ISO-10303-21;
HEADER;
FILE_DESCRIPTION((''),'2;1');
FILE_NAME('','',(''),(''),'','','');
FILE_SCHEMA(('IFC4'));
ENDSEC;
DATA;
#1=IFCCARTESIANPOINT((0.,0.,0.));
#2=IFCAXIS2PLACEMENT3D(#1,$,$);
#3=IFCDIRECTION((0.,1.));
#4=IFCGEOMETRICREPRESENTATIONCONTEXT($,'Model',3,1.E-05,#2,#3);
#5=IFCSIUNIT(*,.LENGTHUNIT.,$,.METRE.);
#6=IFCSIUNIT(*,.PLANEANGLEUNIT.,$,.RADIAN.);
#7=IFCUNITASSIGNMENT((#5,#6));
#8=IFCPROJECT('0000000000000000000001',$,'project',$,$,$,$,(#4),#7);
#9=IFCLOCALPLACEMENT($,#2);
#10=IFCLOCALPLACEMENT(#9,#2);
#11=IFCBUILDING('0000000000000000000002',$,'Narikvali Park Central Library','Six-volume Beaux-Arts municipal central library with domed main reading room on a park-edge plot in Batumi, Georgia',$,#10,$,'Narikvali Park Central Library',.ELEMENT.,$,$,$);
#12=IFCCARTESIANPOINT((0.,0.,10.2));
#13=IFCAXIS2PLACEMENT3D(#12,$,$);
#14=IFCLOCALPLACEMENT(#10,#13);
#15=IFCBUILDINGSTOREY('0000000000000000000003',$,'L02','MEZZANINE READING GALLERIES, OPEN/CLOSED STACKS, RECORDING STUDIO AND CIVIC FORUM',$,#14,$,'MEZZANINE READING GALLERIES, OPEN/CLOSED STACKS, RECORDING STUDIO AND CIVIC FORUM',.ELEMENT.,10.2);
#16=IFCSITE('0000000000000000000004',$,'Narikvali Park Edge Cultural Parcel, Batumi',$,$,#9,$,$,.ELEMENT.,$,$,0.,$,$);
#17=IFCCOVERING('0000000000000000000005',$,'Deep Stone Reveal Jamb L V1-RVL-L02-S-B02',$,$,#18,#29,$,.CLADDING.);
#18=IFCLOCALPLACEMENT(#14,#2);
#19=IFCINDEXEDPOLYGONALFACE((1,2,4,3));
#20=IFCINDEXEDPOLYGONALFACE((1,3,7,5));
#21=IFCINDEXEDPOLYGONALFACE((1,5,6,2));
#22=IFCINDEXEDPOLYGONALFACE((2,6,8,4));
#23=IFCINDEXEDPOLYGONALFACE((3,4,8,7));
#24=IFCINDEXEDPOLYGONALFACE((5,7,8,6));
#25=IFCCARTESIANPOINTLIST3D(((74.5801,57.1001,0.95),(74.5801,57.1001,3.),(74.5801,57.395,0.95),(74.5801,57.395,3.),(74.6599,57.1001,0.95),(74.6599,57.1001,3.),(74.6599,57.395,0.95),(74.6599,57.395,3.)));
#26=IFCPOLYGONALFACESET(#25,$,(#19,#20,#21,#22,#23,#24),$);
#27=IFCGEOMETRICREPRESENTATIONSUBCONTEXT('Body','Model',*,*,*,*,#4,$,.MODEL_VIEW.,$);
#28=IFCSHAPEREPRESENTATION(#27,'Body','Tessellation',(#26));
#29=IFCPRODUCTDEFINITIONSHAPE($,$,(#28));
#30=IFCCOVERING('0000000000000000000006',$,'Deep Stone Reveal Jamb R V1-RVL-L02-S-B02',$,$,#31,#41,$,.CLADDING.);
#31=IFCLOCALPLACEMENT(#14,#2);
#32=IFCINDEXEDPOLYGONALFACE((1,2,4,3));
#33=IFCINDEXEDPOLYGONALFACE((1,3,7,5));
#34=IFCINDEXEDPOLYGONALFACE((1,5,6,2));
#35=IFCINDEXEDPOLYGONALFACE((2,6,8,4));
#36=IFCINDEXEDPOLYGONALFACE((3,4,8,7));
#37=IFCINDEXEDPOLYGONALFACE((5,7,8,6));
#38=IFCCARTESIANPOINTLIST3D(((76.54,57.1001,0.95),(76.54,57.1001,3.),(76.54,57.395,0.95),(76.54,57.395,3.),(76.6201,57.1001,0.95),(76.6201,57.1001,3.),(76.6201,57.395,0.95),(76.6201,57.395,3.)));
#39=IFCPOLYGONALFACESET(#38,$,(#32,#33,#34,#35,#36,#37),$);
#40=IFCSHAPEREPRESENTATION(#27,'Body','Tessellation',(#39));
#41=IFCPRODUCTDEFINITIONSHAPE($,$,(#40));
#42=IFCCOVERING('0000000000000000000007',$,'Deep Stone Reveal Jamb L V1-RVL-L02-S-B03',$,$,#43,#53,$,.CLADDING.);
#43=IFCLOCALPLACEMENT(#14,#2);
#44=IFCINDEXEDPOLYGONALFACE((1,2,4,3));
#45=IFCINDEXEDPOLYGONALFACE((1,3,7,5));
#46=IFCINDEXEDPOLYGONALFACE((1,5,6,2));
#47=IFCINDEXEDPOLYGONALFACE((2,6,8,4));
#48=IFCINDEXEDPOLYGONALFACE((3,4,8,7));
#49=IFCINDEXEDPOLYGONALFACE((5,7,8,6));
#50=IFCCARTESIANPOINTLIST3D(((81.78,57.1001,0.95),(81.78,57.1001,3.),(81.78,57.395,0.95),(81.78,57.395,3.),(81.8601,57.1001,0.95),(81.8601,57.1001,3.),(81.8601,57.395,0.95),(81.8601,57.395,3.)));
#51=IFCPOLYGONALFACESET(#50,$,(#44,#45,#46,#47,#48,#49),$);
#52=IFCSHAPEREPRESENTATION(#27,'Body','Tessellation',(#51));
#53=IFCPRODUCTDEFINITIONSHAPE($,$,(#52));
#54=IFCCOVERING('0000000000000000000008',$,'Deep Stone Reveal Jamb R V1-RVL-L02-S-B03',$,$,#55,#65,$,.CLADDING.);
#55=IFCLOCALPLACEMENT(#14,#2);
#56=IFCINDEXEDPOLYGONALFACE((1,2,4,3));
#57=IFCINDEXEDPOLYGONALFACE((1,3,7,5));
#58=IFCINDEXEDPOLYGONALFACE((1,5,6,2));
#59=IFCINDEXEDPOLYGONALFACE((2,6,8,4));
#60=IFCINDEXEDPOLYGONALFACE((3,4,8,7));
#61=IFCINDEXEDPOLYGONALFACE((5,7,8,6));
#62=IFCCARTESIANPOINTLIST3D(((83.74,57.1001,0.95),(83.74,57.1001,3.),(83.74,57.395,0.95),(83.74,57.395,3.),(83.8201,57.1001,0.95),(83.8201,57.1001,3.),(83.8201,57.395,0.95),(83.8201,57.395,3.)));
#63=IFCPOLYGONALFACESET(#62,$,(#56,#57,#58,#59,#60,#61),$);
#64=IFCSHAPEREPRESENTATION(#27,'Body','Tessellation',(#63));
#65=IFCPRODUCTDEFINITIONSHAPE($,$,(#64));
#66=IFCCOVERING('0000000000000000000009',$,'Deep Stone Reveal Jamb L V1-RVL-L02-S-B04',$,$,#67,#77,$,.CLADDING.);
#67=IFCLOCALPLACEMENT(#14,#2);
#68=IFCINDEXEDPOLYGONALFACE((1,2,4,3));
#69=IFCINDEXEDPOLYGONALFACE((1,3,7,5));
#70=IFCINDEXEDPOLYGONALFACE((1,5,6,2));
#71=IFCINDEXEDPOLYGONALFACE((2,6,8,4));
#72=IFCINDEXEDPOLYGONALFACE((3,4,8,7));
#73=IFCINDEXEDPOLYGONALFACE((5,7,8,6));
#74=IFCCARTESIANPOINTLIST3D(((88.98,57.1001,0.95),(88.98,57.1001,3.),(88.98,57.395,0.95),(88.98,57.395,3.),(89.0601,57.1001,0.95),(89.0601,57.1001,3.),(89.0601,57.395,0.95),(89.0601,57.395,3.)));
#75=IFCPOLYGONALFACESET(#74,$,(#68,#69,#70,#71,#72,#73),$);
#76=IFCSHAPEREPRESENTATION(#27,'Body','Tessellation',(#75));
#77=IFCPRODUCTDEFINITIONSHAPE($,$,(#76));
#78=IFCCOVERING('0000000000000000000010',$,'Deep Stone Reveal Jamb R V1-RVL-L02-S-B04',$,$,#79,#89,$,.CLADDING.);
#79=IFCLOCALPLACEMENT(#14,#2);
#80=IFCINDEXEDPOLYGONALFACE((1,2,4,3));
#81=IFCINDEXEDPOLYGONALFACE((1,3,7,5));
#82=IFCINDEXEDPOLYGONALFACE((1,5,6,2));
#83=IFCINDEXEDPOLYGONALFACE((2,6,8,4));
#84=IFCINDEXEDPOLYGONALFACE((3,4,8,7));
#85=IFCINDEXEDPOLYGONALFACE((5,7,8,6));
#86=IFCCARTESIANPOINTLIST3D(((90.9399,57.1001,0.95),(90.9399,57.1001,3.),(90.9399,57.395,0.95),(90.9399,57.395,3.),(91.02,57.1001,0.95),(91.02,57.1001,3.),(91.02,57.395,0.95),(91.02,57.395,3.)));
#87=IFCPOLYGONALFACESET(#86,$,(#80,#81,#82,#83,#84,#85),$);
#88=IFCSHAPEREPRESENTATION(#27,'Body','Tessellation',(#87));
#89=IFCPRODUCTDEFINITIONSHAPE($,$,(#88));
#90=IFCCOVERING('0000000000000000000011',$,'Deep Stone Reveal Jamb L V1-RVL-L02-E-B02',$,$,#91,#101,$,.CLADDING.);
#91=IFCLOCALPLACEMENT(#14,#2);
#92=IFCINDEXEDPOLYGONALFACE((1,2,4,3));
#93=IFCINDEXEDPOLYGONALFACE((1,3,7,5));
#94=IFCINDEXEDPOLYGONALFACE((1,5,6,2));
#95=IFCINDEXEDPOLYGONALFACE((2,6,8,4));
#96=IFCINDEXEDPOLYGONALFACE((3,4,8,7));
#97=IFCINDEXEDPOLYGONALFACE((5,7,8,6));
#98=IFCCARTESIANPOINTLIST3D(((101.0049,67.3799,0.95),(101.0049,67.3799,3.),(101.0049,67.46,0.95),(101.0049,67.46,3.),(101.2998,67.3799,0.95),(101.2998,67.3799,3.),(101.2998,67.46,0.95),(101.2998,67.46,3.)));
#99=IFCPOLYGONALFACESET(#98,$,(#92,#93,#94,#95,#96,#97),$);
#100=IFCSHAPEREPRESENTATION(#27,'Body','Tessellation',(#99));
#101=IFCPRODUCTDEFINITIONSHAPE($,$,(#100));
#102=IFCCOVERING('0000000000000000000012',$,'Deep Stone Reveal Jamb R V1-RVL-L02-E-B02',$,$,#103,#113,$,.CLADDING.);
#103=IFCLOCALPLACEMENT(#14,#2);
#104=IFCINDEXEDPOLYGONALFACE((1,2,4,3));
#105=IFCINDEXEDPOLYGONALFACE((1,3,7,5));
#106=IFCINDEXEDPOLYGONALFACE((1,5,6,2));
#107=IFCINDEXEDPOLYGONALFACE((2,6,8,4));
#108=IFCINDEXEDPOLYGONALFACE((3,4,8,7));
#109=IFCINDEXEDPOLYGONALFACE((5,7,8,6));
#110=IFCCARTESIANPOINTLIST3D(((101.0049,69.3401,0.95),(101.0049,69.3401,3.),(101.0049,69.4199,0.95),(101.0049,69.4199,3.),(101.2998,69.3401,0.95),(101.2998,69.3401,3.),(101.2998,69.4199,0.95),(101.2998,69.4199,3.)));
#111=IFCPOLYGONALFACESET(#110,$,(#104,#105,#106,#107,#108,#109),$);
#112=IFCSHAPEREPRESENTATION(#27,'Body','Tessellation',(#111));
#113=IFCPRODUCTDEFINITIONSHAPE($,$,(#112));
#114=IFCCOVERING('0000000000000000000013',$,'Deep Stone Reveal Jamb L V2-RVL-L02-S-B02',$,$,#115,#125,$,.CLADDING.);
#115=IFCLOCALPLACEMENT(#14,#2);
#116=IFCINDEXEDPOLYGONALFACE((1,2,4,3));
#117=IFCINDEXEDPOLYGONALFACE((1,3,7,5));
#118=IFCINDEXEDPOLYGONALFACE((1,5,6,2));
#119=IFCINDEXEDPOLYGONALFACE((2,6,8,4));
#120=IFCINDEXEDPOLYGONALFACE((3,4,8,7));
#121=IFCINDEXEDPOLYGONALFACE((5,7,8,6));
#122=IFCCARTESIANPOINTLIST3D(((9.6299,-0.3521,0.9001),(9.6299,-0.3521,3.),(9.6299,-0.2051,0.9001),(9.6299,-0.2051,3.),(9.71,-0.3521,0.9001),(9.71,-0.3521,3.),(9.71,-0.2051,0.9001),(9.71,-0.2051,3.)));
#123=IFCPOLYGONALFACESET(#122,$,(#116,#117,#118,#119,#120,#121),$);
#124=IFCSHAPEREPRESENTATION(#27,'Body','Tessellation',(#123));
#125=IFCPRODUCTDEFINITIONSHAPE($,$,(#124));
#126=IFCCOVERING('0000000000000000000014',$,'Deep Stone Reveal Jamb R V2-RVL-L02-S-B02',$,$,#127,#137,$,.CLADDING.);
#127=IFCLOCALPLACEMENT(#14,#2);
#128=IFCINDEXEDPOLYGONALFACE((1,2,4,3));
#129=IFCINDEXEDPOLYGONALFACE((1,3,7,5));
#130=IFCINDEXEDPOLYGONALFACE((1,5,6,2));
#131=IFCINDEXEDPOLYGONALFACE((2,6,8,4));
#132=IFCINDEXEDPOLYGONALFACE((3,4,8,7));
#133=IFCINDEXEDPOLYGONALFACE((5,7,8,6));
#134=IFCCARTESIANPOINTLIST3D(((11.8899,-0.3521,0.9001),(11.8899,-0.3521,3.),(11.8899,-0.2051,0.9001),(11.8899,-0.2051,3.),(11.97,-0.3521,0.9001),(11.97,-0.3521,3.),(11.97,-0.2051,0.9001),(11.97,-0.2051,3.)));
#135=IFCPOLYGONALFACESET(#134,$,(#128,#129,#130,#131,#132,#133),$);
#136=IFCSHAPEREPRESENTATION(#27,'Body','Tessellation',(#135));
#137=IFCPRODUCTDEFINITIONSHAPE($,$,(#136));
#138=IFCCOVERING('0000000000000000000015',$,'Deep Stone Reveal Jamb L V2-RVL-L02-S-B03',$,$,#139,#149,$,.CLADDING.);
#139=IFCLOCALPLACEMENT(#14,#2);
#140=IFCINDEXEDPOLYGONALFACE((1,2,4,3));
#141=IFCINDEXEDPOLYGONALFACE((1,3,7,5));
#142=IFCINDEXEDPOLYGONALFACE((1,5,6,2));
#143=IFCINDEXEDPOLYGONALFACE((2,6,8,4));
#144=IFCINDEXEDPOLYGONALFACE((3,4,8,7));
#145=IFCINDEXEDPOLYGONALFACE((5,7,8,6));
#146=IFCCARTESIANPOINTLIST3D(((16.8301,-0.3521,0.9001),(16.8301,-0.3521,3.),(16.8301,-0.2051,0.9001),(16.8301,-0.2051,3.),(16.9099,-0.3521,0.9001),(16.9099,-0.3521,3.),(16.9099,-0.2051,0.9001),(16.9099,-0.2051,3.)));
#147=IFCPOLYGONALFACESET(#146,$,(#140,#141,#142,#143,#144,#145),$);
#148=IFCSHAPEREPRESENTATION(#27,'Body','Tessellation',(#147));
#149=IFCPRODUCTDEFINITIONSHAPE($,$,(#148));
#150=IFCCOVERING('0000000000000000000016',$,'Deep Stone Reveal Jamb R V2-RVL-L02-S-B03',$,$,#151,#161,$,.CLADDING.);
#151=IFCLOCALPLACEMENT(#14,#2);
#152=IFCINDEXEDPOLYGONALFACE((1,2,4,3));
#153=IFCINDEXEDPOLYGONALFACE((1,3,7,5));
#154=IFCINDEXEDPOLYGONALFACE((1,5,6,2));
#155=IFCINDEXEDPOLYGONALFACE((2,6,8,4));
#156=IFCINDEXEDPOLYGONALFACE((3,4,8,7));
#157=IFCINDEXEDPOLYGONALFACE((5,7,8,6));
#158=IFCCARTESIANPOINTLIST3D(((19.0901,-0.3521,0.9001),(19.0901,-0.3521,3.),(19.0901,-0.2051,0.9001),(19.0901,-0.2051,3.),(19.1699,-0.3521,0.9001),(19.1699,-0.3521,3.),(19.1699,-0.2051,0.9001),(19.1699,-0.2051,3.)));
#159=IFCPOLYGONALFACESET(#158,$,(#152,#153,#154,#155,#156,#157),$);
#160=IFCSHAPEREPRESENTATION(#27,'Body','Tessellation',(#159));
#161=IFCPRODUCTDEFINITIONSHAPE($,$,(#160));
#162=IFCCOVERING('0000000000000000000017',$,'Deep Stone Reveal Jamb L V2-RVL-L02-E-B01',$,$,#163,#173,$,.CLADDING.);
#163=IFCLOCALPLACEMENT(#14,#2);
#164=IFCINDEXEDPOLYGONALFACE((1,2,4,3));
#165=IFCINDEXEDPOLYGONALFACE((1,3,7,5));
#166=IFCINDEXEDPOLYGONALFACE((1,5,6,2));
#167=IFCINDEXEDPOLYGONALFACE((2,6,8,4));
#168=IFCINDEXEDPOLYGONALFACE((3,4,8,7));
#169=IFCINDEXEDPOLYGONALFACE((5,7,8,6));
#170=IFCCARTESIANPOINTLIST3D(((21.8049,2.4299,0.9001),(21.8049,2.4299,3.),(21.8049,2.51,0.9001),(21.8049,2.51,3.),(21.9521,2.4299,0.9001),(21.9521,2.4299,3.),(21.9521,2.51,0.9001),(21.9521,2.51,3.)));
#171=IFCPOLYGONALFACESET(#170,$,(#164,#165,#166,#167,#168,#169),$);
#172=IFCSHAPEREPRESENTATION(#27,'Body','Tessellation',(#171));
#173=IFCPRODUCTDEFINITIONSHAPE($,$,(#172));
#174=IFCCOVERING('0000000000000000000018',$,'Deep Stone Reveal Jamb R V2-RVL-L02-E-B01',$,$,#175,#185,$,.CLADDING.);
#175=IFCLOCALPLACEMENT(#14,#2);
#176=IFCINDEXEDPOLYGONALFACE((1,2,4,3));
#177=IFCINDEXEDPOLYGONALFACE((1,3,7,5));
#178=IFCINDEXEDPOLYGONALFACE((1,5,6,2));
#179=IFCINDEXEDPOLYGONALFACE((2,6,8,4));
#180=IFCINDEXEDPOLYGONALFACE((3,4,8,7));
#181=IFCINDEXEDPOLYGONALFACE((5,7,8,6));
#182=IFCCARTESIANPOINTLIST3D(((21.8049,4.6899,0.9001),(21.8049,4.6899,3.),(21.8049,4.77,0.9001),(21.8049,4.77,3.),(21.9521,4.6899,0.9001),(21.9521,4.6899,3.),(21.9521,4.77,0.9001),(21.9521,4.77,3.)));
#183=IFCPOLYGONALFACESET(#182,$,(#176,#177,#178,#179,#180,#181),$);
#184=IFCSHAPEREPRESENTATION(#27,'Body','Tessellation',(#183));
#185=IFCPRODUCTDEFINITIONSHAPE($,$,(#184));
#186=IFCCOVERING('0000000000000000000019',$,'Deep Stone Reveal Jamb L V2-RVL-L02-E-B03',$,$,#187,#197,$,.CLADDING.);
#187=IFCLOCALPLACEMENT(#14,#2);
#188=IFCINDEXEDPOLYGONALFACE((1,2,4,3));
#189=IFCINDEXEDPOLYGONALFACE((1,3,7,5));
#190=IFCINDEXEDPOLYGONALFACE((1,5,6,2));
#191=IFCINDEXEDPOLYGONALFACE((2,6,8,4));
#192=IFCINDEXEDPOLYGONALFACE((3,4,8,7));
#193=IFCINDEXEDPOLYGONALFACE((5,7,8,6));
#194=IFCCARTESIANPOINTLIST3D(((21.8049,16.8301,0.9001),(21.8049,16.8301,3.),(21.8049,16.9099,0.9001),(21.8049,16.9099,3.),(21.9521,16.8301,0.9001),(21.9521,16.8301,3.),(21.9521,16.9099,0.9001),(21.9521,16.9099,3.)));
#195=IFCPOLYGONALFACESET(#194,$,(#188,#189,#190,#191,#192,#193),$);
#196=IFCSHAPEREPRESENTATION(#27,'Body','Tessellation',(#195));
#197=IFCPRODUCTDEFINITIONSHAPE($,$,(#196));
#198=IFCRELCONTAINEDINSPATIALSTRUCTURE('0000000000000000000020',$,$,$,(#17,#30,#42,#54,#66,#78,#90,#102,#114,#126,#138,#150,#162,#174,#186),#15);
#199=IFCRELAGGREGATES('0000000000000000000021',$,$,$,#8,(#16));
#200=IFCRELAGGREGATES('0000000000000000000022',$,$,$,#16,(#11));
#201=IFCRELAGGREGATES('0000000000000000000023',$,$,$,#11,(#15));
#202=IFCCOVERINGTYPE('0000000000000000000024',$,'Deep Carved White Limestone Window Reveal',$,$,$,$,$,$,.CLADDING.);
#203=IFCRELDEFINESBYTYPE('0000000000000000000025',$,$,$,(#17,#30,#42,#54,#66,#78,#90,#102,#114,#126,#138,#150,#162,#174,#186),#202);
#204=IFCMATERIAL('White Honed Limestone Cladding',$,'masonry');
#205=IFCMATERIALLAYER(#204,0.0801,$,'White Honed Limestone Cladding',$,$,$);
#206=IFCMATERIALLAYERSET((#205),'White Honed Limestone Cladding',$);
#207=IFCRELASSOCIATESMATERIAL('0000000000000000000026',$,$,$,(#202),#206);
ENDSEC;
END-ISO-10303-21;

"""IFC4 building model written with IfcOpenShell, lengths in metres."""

from ifc_helpers import new_model, si_unit, direction, frame, origin, place, context, subcontext, project, spatial, polyline, outline, extrude, material, layer, layer_set, type_object, element, save


model = new_model("IFC4")

# Units and contexts
model_context = context("Model", 3, precision=1e-05, world=origin(), true_north=direction((0.0, 1.0)))
body_context = subcontext(model_context, "Body", "Model", "MODEL_VIEW")
ifc_project = project(units=[si_unit("LENGTHUNIT", "METRE"), si_unit("PLANEANGLEUNIT", "RADIAN")], contexts=[model_context])

# Site, building, storey
site_placement = place(None, origin())
site = spatial("IfcSite", under=ifc_project, at=site_placement, Name="Narikvali Park Edge Cultural Parcel, Batumi", CompositionType="ELEMENT", RefElevation=0.0)
building_placement = place(site_placement, origin())
building = spatial("IfcBuilding", under=site, at=building_placement, Name="Narikvali Park Central Library", Description="Six-volume Beaux-Arts municipal central library with domed main reading room on a park-edge plot in Batumi, Georgia", LongName="Narikvali Park Central Library", CompositionType="ELEMENT")
storey_placement = place(building_placement, frame((0.0, 0.0, 10.2)))
storey = spatial("IfcBuildingStorey", under=building, at=storey_placement, Name="L02", Description="MEZZANINE READING GALLERIES, OPEN/CLOSED STACKS, RECORDING STUDIO AND CIVIC FORUM", LongName="MEZZANINE READING GALLERIES, OPEN/CLOSED STACKS, RECORDING STUDIO AND CIVIC FORUM", CompositionType="ELEMENT", Elevation=10.2)

# Coverings
ifc_material = material(Name="White Honed Limestone Cladding", Category="masonry")
ifc_layer = layer(ifc_material, 0.0801, Name="White Honed Limestone Cladding")
ifc_layer_set = layer_set([ifc_layer], Name="White Honed Limestone Cladding")
covering_type = type_object("IfcCoveringType", Name="Deep Carved White Limestone Window Reveal", PredefinedType="CLADDING", material=ifc_layer_set)
covering_1_placement = place(storey_placement, frame((0.0, 0.0, 0.95)))
element("IfcCovering", 1, at=covering_1_placement, inside=storey, type_object=covering_type, Name="Deep Stone Reveal Jamb L V1-RVL-L02-S-B02", PredefinedType="CLADDING", context=body_context, shape_type="SweptSolid", body=[
    extrude(outline(polyline([(74.5801, 57.395), (74.6599, 57.395), (74.6599, 57.1001), (74.5801, 57.1001), (74.5801, 57.395)])), origin(), (0.0, 0.0, 1.0), 2.05),
])
covering_2_placement = place(storey_placement, frame((0.0, 0.0, 0.95)))
element("IfcCovering", 2, at=covering_2_placement, inside=storey, type_object=covering_type, Name="Deep Stone Reveal Jamb R V1-RVL-L02-S-B02", PredefinedType="CLADDING", context=body_context, shape_type="SweptSolid", body=[
    extrude(outline(polyline([(76.54, 57.395), (76.6201, 57.395), (76.6201, 57.1001), (76.54, 57.1001), (76.54, 57.395)])), origin(), (0.0, 0.0, 1.0), 2.05),
])
covering_3_placement = place(storey_placement, frame((0.0, 0.0, 0.95)))
element("IfcCovering", 3, at=covering_3_placement, inside=storey, type_object=covering_type, Name="Deep Stone Reveal Jamb L V1-RVL-L02-S-B03", PredefinedType="CLADDING", context=body_context, shape_type="SweptSolid", body=[
    extrude(outline(polyline([(81.78, 57.395), (81.8601, 57.395), (81.8601, 57.1001), (81.78, 57.1001), (81.78, 57.395)])), origin(), (0.0, 0.0, 1.0), 2.05),
])
covering_4_placement = place(storey_placement, frame((0.0, 0.0, 0.95)))
element("IfcCovering", 4, at=covering_4_placement, inside=storey, type_object=covering_type, Name="Deep Stone Reveal Jamb R V1-RVL-L02-S-B03", PredefinedType="CLADDING", context=body_context, shape_type="SweptSolid", body=[
    extrude(outline(polyline([(83.74, 57.395), (83.8201, 57.395), (83.8201, 57.1001), (83.74, 57.1001), (83.74, 57.395)])), origin(), (0.0, 0.0, 1.0), 2.05),
])
covering_5_placement = place(storey_placement, frame((0.0, 0.0, 0.95)))
element("IfcCovering", 5, at=covering_5_placement, inside=storey, type_object=covering_type, Name="Deep Stone Reveal Jamb L V1-RVL-L02-S-B04", PredefinedType="CLADDING", context=body_context, shape_type="SweptSolid", body=[
    extrude(outline(polyline([(88.98, 57.395), (89.0601, 57.395), (89.0601, 57.1001), (88.98, 57.1001), (88.98, 57.395)])), origin(), (0.0, 0.0, 1.0), 2.05),
])
covering_6_placement = place(storey_placement, frame((0.0, 0.0, 0.95)))
element("IfcCovering", 6, at=covering_6_placement, inside=storey, type_object=covering_type, Name="Deep Stone Reveal Jamb R V1-RVL-L02-S-B04", PredefinedType="CLADDING", context=body_context, shape_type="SweptSolid", body=[
    extrude(outline(polyline([(90.9399, 57.395), (91.02, 57.395), (91.02, 57.1001), (90.9399, 57.1001), (90.9399, 57.395)])), origin(), (0.0, 0.0, 1.0), 2.05),
])
covering_7_placement = place(storey_placement, frame((0.0, 0.0, 0.95)))
element("IfcCovering", 7, at=covering_7_placement, inside=storey, type_object=covering_type, Name="Deep Stone Reveal Jamb L V1-RVL-L02-E-B02", PredefinedType="CLADDING", context=body_context, shape_type="SweptSolid", body=[
    extrude(outline(polyline([(101.0049, 67.3799), (101.0049, 67.46), (101.2998, 67.46), (101.2998, 67.3799), (101.0049, 67.3799)])), origin(), (0.0, 0.0, 1.0), 2.05),
])
covering_8_placement = place(storey_placement, frame((0.0, 0.0, 0.95)))
element("IfcCovering", 8, at=covering_8_placement, inside=storey, type_object=covering_type, Name="Deep Stone Reveal Jamb R V1-RVL-L02-E-B02", PredefinedType="CLADDING", context=body_context, shape_type="SweptSolid", body=[
    extrude(outline(polyline([(101.0049, 69.3401), (101.0049, 69.4199), (101.2998, 69.4199), (101.2998, 69.3401), (101.0049, 69.3401)])), origin(), (0.0, 0.0, 1.0), 2.05),
])
covering_9_placement = place(storey_placement, frame((0.0, 0.0, 0.9001)))
element("IfcCovering", 9, at=covering_9_placement, inside=storey, type_object=covering_type, Name="Deep Stone Reveal Jamb L V2-RVL-L02-S-B02", PredefinedType="CLADDING", context=body_context, shape_type="SweptSolid", body=[
    extrude(outline(polyline([(9.6299, -0.2051), (9.71, -0.2051), (9.71, -0.3521), (9.6299, -0.3521), (9.6299, -0.2051)])), origin(), (0.0, 0.0, 1.0), 2.0999),
])
covering_10_placement = place(storey_placement, frame((0.0, 0.0, 0.9001)))
element("IfcCovering", 10, at=covering_10_placement, inside=storey, type_object=covering_type, Name="Deep Stone Reveal Jamb R V2-RVL-L02-S-B02", PredefinedType="CLADDING", context=body_context, shape_type="SweptSolid", body=[
    extrude(outline(polyline([(11.8899, -0.2051), (11.97, -0.2051), (11.97, -0.3521), (11.8899, -0.3521), (11.8899, -0.2051)])), origin(), (0.0, 0.0, 1.0), 2.0999),
])
covering_11_placement = place(storey_placement, frame((0.0, 0.0, 0.9001)))
element("IfcCovering", 11, at=covering_11_placement, inside=storey, type_object=covering_type, Name="Deep Stone Reveal Jamb L V2-RVL-L02-S-B03", PredefinedType="CLADDING", context=body_context, shape_type="SweptSolid", body=[
    extrude(outline(polyline([(16.8301, -0.2051), (16.9099, -0.2051), (16.9099, -0.3521), (16.8301, -0.3521), (16.8301, -0.2051)])), origin(), (0.0, 0.0, 1.0), 2.0999),
])
covering_12_placement = place(storey_placement, frame((0.0, 0.0, 0.9001)))
element("IfcCovering", 12, at=covering_12_placement, inside=storey, type_object=covering_type, Name="Deep Stone Reveal Jamb R V2-RVL-L02-S-B03", PredefinedType="CLADDING", context=body_context, shape_type="SweptSolid", body=[
    extrude(outline(polyline([(19.0901, -0.2051), (19.1699, -0.2051), (19.1699, -0.3521), (19.0901, -0.3521), (19.0901, -0.2051)])), origin(), (0.0, 0.0, 1.0), 2.0999),
])
covering_13_placement = place(storey_placement, frame((0.0, 0.0, 0.9001)))
element("IfcCovering", 13, at=covering_13_placement, inside=storey, type_object=covering_type, Name="Deep Stone Reveal Jamb L V2-RVL-L02-E-B01", PredefinedType="CLADDING", context=body_context, shape_type="SweptSolid", body=[
    extrude(outline(polyline([(21.8049, 2.4299), (21.8049, 2.51), (21.9521, 2.51), (21.9521, 2.4299), (21.8049, 2.4299)])), origin(), (0.0, 0.0, 1.0), 2.0999),
])
covering_14_placement = place(storey_placement, frame((0.0, 0.0, 0.9001)))
element("IfcCovering", 14, at=covering_14_placement, inside=storey, type_object=covering_type, Name="Deep Stone Reveal Jamb R V2-RVL-L02-E-B01", PredefinedType="CLADDING", context=body_context, shape_type="SweptSolid", body=[
    extrude(outline(polyline([(21.8049, 4.6899), (21.8049, 4.77), (21.9521, 4.77), (21.9521, 4.6899), (21.8049, 4.6899)])), origin(), (0.0, 0.0, 1.0), 2.0999),
])
covering_15_placement = place(storey_placement, frame((0.0, 0.0, 0.9001)))
element("IfcCovering", 15, at=covering_15_placement, inside=storey, type_object=covering_type, Name="Deep Stone Reveal Jamb L V2-RVL-L02-E-B03", PredefinedType="CLADDING", context=body_context, shape_type="SweptSolid", body=[
    extrude(outline(polyline([(21.8049, 16.8301), (21.8049, 16.9099), (21.9521, 16.9099), (21.9521, 16.8301), (21.8049, 16.8301)])), origin(), (0.0, 0.0, 1.0), 2.0999),
])

save(model, "model.ifc")
